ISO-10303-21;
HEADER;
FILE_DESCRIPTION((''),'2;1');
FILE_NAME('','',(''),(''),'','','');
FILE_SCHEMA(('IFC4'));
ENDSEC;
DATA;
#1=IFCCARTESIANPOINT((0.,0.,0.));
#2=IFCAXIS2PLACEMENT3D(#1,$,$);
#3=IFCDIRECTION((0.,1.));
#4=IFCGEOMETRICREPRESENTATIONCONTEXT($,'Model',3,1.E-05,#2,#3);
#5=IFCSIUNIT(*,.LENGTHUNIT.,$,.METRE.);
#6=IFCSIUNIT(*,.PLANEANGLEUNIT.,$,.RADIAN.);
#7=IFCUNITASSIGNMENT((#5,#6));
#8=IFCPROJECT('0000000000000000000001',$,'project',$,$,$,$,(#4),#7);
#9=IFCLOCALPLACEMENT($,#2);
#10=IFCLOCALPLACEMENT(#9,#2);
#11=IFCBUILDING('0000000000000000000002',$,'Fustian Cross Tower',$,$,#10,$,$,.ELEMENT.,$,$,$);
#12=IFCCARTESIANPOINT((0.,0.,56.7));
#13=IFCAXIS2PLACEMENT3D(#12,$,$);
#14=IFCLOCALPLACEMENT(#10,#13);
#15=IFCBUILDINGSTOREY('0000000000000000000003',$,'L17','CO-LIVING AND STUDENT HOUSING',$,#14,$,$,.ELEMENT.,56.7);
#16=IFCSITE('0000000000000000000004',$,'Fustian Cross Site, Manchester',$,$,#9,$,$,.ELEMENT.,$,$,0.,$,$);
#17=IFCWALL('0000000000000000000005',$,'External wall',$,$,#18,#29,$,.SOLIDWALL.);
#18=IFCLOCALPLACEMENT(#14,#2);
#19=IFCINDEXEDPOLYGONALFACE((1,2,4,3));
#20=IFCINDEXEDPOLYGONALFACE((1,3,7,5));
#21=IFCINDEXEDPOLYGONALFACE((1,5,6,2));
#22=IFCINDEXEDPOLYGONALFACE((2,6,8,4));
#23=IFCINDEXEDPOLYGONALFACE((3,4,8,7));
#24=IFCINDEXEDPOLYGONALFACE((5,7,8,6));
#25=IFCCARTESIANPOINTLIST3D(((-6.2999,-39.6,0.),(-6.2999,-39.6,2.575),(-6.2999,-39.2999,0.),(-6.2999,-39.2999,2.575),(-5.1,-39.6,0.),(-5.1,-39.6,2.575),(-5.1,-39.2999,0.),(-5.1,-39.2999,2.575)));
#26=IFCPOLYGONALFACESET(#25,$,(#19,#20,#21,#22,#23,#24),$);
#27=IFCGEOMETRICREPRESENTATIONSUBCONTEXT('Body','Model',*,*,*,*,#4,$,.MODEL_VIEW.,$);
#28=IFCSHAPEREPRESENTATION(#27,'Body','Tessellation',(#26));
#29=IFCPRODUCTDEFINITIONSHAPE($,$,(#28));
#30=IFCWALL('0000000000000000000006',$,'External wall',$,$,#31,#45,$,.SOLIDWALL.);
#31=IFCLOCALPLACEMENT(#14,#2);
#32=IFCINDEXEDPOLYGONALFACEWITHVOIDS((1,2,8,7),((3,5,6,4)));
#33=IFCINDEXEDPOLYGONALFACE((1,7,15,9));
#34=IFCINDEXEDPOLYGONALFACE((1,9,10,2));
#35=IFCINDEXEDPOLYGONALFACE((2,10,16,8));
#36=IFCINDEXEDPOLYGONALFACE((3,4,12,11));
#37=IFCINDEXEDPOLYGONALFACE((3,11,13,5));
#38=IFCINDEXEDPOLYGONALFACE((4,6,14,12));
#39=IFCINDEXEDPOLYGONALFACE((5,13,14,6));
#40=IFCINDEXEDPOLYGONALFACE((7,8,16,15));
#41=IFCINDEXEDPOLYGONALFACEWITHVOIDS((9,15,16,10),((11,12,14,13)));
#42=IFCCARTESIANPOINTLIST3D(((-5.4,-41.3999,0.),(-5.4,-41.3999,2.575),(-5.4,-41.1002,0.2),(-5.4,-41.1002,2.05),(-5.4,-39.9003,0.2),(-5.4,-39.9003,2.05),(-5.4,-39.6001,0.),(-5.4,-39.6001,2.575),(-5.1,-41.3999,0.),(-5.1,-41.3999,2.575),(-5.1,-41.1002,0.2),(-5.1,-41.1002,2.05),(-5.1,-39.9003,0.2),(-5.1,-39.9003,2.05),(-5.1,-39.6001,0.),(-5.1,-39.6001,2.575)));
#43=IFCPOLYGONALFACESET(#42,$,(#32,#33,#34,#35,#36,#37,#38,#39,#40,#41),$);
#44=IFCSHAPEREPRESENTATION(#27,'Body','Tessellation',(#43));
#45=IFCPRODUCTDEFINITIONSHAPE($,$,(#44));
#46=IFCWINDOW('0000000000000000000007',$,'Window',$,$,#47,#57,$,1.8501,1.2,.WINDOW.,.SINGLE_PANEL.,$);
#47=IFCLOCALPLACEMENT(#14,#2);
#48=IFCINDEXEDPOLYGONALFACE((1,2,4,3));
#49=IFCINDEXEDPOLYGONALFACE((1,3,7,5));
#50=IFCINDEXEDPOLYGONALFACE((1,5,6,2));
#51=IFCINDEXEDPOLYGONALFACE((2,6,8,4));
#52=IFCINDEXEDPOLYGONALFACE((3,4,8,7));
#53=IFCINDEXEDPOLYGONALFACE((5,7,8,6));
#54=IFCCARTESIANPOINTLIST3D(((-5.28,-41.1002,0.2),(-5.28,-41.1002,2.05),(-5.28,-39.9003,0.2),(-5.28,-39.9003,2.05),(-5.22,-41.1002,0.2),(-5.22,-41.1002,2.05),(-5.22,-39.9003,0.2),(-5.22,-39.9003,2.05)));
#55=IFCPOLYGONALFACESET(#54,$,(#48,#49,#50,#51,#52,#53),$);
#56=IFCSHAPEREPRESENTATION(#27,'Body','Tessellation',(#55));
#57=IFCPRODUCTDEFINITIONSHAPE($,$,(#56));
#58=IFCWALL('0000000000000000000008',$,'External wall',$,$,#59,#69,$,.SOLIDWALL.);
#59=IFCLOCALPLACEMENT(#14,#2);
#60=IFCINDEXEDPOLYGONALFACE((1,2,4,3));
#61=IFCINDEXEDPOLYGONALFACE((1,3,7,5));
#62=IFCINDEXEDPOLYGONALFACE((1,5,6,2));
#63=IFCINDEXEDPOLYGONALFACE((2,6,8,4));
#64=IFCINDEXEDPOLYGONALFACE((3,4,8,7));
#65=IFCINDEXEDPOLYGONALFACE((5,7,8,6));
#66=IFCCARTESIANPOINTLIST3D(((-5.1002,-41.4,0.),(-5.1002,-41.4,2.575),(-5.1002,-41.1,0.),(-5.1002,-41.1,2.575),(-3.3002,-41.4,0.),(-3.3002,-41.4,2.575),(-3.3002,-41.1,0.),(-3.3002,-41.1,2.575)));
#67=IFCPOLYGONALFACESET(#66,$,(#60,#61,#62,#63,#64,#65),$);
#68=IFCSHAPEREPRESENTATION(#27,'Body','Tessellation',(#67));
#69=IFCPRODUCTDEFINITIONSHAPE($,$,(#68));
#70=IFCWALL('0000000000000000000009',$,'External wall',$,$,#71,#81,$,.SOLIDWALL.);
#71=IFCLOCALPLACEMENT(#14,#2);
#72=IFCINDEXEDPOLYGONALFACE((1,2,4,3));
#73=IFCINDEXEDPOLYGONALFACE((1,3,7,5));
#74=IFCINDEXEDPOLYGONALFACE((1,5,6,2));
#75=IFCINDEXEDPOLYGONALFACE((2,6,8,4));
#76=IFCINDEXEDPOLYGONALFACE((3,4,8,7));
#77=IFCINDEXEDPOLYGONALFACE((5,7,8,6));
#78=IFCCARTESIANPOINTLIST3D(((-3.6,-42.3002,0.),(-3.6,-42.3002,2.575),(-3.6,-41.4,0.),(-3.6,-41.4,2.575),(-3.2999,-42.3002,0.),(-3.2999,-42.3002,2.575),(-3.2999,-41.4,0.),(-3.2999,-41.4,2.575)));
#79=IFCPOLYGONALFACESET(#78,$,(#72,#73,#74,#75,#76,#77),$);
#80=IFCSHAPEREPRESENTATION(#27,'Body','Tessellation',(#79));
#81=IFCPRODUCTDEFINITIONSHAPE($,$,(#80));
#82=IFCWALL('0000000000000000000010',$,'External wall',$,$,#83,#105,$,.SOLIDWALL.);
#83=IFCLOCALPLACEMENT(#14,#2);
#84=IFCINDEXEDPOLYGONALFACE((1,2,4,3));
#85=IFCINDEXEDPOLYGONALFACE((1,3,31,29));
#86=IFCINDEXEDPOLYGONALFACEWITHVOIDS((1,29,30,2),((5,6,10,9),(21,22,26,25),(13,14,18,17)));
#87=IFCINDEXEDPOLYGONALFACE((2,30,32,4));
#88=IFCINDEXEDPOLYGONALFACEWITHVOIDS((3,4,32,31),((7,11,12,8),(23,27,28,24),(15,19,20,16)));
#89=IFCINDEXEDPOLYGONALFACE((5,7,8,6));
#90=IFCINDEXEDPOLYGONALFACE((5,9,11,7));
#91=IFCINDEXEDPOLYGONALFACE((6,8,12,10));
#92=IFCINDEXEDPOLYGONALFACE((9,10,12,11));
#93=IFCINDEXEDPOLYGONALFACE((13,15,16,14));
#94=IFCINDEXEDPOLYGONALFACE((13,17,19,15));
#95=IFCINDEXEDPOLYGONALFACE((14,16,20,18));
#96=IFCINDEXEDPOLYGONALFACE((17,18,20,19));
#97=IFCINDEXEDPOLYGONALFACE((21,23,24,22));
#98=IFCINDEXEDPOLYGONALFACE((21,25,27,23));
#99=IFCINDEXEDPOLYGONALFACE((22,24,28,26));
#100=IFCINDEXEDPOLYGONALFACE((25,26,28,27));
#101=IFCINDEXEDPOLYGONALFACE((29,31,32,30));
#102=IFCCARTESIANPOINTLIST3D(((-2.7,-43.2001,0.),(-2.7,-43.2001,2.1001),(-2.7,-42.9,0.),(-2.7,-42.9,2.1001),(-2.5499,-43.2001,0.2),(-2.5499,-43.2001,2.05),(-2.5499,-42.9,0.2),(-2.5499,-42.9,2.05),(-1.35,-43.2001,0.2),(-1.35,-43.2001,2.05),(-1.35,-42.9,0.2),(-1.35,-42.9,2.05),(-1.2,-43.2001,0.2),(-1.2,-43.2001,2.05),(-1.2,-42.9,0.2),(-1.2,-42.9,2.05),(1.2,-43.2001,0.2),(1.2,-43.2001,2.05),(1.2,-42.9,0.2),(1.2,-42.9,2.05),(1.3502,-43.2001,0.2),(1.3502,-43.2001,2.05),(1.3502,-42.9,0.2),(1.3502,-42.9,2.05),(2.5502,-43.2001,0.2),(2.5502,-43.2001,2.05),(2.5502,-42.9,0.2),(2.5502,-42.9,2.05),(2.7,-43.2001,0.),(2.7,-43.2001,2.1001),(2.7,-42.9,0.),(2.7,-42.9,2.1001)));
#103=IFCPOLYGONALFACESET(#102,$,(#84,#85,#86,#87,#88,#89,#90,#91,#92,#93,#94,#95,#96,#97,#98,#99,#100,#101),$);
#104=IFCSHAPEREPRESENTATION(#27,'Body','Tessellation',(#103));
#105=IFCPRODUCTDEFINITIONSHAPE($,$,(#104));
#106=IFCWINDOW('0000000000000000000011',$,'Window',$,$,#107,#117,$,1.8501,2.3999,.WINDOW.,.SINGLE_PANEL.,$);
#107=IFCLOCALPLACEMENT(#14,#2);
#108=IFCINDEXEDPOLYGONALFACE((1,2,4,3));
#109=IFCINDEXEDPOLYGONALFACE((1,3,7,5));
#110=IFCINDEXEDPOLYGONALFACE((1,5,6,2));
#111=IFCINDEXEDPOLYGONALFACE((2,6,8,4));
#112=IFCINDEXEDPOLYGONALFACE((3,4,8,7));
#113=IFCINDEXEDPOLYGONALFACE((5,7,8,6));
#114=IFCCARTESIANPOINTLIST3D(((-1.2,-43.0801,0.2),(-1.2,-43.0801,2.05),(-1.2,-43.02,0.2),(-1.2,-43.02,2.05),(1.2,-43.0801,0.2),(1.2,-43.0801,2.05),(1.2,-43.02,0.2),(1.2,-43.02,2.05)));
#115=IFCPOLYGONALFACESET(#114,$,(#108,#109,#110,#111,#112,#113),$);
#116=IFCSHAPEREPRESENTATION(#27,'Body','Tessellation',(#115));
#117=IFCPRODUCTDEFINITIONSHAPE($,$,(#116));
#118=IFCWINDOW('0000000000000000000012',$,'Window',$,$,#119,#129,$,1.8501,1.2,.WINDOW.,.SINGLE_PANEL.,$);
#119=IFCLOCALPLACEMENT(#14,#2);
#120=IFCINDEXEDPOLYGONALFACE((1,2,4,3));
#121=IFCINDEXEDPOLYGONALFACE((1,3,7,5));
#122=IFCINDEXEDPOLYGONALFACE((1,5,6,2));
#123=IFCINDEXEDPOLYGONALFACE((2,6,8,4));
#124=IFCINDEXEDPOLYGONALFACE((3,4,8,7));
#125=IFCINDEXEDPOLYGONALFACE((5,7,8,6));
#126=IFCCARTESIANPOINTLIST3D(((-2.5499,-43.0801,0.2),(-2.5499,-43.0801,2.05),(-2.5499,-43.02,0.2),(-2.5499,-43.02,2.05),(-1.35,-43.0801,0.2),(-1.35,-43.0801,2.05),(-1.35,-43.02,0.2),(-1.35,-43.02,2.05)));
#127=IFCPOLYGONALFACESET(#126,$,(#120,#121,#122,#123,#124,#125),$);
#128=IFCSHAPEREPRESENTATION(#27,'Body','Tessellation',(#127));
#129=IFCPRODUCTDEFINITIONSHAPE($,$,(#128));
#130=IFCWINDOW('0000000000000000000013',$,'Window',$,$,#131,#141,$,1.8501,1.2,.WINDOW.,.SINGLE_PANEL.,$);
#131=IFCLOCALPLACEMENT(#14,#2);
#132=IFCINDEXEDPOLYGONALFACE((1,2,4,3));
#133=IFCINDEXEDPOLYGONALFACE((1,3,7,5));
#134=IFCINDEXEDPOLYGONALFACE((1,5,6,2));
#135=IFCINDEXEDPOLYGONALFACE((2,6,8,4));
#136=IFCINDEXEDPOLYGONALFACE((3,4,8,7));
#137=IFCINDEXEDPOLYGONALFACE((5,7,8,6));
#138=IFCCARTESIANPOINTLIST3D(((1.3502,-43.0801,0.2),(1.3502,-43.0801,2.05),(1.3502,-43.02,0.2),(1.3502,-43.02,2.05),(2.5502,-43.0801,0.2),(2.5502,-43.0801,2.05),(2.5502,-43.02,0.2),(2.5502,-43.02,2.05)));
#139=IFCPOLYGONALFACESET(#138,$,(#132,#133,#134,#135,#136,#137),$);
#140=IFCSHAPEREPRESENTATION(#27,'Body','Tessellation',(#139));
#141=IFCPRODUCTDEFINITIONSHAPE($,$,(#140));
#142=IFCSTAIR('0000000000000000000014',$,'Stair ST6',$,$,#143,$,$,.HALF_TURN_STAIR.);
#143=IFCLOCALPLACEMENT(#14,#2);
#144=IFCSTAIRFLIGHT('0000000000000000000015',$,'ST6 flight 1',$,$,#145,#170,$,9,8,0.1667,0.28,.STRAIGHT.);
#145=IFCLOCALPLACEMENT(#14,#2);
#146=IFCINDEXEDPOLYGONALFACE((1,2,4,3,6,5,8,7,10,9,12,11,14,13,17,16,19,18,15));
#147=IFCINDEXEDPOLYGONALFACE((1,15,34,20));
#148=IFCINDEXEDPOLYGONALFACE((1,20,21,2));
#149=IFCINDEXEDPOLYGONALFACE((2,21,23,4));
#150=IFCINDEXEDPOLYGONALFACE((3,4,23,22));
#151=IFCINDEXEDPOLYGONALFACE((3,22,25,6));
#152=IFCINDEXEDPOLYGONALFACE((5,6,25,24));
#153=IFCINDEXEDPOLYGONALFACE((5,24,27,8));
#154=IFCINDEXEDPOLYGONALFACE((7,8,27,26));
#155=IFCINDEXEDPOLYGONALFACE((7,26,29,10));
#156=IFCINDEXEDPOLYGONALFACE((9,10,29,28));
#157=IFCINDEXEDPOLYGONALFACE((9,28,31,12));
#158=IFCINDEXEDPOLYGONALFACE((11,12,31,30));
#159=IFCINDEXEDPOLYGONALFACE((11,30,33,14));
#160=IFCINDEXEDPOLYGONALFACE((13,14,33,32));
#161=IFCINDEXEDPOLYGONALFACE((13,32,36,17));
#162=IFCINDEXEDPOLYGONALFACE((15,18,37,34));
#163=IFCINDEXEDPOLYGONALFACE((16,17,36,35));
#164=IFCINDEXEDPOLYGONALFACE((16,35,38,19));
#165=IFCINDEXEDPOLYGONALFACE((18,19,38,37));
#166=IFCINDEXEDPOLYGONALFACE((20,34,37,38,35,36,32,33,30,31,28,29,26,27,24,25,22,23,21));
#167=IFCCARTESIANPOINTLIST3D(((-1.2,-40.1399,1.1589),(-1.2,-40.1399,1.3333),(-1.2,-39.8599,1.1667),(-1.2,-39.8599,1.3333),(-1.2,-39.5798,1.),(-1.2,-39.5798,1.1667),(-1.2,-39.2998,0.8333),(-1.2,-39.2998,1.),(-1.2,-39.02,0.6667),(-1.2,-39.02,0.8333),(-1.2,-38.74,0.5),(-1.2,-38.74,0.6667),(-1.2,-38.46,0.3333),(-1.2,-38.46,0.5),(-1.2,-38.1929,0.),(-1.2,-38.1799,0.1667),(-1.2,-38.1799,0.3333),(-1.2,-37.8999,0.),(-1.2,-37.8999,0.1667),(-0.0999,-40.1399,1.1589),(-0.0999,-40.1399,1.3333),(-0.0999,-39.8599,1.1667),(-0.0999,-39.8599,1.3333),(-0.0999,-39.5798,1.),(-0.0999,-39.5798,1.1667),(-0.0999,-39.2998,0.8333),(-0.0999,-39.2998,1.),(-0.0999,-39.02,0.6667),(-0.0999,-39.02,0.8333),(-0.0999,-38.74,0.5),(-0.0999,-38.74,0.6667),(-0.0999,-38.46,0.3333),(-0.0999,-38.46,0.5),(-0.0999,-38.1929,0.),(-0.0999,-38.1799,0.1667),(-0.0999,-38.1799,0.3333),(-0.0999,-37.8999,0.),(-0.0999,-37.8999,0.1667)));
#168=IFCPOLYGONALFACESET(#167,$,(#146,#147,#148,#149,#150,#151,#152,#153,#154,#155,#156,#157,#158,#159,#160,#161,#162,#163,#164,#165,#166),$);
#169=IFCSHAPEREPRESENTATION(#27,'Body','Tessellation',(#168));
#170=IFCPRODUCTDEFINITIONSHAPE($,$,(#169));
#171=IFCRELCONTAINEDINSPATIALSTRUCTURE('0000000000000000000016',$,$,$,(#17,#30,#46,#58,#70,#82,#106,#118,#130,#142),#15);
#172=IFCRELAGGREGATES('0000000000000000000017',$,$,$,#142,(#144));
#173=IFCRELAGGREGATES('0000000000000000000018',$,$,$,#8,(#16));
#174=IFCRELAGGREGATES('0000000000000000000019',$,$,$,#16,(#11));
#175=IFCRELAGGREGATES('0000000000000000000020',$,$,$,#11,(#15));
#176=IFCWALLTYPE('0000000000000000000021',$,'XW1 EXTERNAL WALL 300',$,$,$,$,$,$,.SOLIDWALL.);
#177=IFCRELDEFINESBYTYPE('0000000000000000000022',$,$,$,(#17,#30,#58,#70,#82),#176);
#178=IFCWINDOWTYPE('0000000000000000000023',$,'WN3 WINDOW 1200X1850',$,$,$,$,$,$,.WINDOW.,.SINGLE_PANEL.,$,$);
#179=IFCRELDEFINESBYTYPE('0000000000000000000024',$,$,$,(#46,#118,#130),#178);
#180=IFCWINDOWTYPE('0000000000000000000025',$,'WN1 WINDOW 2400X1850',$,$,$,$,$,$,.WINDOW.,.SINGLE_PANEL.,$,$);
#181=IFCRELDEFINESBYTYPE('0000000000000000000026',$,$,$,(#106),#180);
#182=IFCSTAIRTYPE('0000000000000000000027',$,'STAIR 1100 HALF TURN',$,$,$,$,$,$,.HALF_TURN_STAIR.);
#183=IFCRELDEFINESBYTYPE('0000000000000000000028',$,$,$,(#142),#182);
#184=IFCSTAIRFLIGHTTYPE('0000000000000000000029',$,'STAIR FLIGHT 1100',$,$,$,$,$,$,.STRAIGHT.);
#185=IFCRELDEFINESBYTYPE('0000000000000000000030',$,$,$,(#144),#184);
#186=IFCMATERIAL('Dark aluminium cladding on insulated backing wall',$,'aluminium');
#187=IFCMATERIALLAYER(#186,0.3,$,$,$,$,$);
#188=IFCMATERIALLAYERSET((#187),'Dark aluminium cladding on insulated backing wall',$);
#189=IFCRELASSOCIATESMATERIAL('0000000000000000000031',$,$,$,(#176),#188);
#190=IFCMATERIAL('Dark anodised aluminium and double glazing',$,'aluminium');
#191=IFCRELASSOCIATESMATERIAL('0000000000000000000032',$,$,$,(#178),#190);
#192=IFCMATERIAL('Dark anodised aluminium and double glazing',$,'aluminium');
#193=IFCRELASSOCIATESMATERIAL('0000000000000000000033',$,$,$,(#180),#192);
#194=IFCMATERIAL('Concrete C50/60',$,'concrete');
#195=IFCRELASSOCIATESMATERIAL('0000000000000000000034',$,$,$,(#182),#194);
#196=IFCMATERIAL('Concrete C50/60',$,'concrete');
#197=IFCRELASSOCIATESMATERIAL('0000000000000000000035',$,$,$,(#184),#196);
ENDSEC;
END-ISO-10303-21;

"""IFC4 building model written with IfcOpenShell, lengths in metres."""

from ifc_helpers import new_model, si_unit, direction, frame, frame_2d, origin, place, context, subcontext, project, spatial, polyline, rectangle, outline, extrude, material, layer, layer_set, type_object, element, fill, aggregate, save


model = new_model("IFC4")

# Units and contexts
model_context = context("Model", 3, precision=1e-05, world=origin(), true_north=direction((0.0, 1.0)))
body_context = subcontext(model_context, "Body", "Model", "MODEL_VIEW")
ifc_project = project(units=[si_unit("LENGTHUNIT", "METRE"), si_unit("PLANEANGLEUNIT", "RADIAN")], contexts=[model_context])

# Site, building, storey
site_placement = place(None, origin())
site = spatial("IfcSite", under=ifc_project, at=site_placement, Name="Fustian Cross Site, Manchester", CompositionType="ELEMENT", RefElevation=0.0)
building_placement = place(site_placement, origin())
building = spatial("IfcBuilding", under=site, at=building_placement, Name="Fustian Cross Tower", CompositionType="ELEMENT")
storey_placement = place(building_placement, frame((0.0, 0.0, 56.7)))
storey = spatial("IfcBuildingStorey", under=building, at=storey_placement, Name="L17", Description="CO-LIVING AND STUDENT HOUSING", CompositionType="ELEMENT", Elevation=56.7)

# Wall
ifc_material_1 = material(Name="Dark aluminium cladding on insulated backing wall", Category="aluminium")
ifc_layer_1 = layer(ifc_material_1, 0.3)
ifc_layer_set_1 = layer_set([ifc_layer_1], Name="Dark aluminium cladding on insulated backing wall")
wall_type_1 = type_object("IfcWallType", Name="XW1 EXTERNAL WALL 300", PredefinedType="SOLIDWALL", material=ifc_layer_set_1)
wall_1_placement = place(storey_placement, frame((-6.3, -39.45, 0.0), z_axis=(0.0, 0.0, 1.0), x_axis=(1.0, 0.0, 0.0)))
element("IfcWall", 1, at=wall_1_placement, inside=storey, type_object=wall_type_1, Name="External wall", PredefinedType="SOLIDWALL", context=body_context, shape_type="SweptSolid", body=[
    extrude(rectangle(XDim=1.2, YDim=0.3, at=frame_2d((0.6001, 0.0))), origin(), (0.0, 0.0, 1.0), 2.575),
])

# Wall, opening, window
wall_2_placement = place(storey_placement, frame((-5.25, -39.6001, 0.0), z_axis=(0.0, 0.0, 1.0), x_axis=(0.0, -1.0, 0.0)))
wall_2 = element("IfcWall", 2, at=wall_2_placement, inside=storey, type_object=wall_type_1, Name="External wall", PredefinedType="SOLIDWALL", context=body_context, shape_type="SweptSolid", body=[
    extrude(rectangle(XDim=1.7998, YDim=0.3, at=frame_2d((0.8999, 0.0))), origin(), (0.0, 0.0, 1.0), 2.575),
])
opening_1_placement = place(wall_2_placement, frame((0.3, 0.0, 0.2)))
opening_1 = element("IfcOpeningElement", 3, at=opening_1_placement, cuts=wall_2, PredefinedType="OPENING", context=body_context, shape_type="SweptSolid", body=[
    extrude(rectangle(XDim=1.2, YDim=1.8501, at=frame_2d((0.6001, 0.925))), frame((0.0, 0.1599, 0.0), z_axis=(0.0, -1.0, 0.0), x_axis=(1.0, 0.0, 0.0)), (0.0, 0.0, 1.0), 0.3201),
])
ifc_material_2 = material(Name="Dark anodised aluminium and double glazing", Category="aluminium")
window_type_1 = type_object("IfcWindowType", Name="WN3 WINDOW 1200X1850", PartitioningType="SINGLE_PANEL", PredefinedType="WINDOW", material=ifc_material_2)
window_1_placement = place(opening_1_placement, origin())
window_1 = element("IfcWindow", 4, at=window_1_placement, inside=storey, type_object=window_type_1, Name="Window", OverallHeight=1.8501, OverallWidth=1.2, PartitioningType="SINGLE_PANEL", PredefinedType="WINDOW", context=body_context, shape_type="SweptSolid", body=[
    extrude(rectangle(XDim=1.2, YDim=1.8501, at=frame_2d((0.6001, 0.925))), frame((0.0, 0.03, 0.0), z_axis=(0.0, -1.0, 0.0), x_axis=(1.0, 0.0, 0.0)), (0.0, 0.0, 1.0), 0.0601),
])
fill(opening_1, window_1)

# Walls
wall_3_placement = place(storey_placement, frame((-5.1001, -41.25, 0.0), z_axis=(0.0, 0.0, 1.0), x_axis=(1.0, 0.0, 0.0)))
element("IfcWall", 5, at=wall_3_placement, inside=storey, type_object=wall_type_1, Name="External wall", PredefinedType="SOLIDWALL", context=body_context, shape_type="SweptSolid", body=[
    extrude(rectangle(XDim=1.8, YDim=0.3, at=frame_2d((0.8999, 0.0))), origin(), (0.0, 0.0, 1.0), 2.575),
])
wall_4_placement = place(storey_placement, frame((-3.45, -41.3999, 0.0), z_axis=(0.0, 0.0, 1.0), x_axis=(0.0, -1.0, 0.0)))
element("IfcWall", 6, at=wall_4_placement, inside=storey, type_object=wall_type_1, Name="External wall", PredefinedType="SOLIDWALL", context=body_context, shape_type="SweptSolid", body=[
    extrude(rectangle(XDim=0.9001, YDim=0.3, at=frame_2d((0.4502, 0.0))), origin(), (0.0, 0.0, 1.0), 2.575),
])

# Wall, openings, windows
wall_5_placement = place(storey_placement, frame((-2.7, -43.05, 0.0), z_axis=(0.0, 0.0, 1.0), x_axis=(1.0, 0.0, 0.0)))
wall_5 = element("IfcWall", 7, at=wall_5_placement, inside=storey, type_object=wall_type_1, Name="External wall", PredefinedType="SOLIDWALL", context=body_context, shape_type="SweptSolid", body=[
    extrude(rectangle(XDim=5.3999, YDim=0.3, at=frame_2d((2.7, 0.0))), origin(), (0.0, 0.0, 1.0), 2.1001),
])
opening_2_placement = place(wall_5_placement, frame((1.5, 0.0, 0.2)))
opening_2 = element("IfcOpeningElement", 8, at=opening_2_placement, cuts=wall_5, PredefinedType="OPENING", context=body_context, shape_type="SweptSolid", body=[
    extrude(rectangle(XDim=2.3999, YDim=1.8501, at=frame_2d((1.2, 0.925))), frame((0.0, 0.1599, 0.0), z_axis=(0.0, -1.0, 0.0), x_axis=(1.0, 0.0, 0.0)), (0.0, 0.0, 1.0), 0.3201),
])
opening_3_placement = place(wall_5_placement, frame((0.1499, 0.0, 0.2)))
opening_3 = element("IfcOpeningElement", 9, at=opening_3_placement, cuts=wall_5, PredefinedType="OPENING", context=body_context, shape_type="SweptSolid", body=[
    extrude(rectangle(XDim=1.2, YDim=1.8501, at=frame_2d((0.6001, 0.925))), frame((0.0, 0.1599, 0.0), z_axis=(0.0, -1.0, 0.0), x_axis=(1.0, 0.0, 0.0)), (0.0, 0.0, 1.0), 0.3201),
])
opening_4_placement = place(wall_5_placement, frame((4.05, 0.0, 0.2)))
opening_4 = element("IfcOpeningElement", 10, at=opening_4_placement, cuts=wall_5, PredefinedType="OPENING", context=body_context, shape_type="SweptSolid", body=[
    extrude(rectangle(XDim=1.2, YDim=1.8501, at=frame_2d((0.6001, 0.925))), frame((0.0, 0.1599, 0.0), z_axis=(0.0, -1.0, 0.0), x_axis=(1.0, 0.0, 0.0)), (0.0, 0.0, 1.0), 0.3201),
])
ifc_material_3 = material(Name="Dark anodised aluminium and double glazing", Category="aluminium")
window_type_2 = type_object("IfcWindowType", Name="WN1 WINDOW 2400X1850", PartitioningType="SINGLE_PANEL", PredefinedType="WINDOW", material=ifc_material_3)
window_2_placement = place(opening_2_placement, origin())
window_2 = element("IfcWindow", 11, at=window_2_placement, inside=storey, type_object=window_type_2, Name="Window", OverallHeight=1.8501, OverallWidth=2.3999, PartitioningType="SINGLE_PANEL", PredefinedType="WINDOW", context=body_context, shape_type="SweptSolid", body=[
    extrude(rectangle(XDim=2.3999, YDim=1.8501, at=frame_2d((1.2, 0.925))), frame((0.0, 0.03, 0.0), z_axis=(0.0, -1.0, 0.0), x_axis=(1.0, 0.0, 0.0)), (0.0, 0.0, 1.0), 0.0601),
])
fill(opening_2, window_2)
window_3_placement = place(opening_3_placement, origin())
window_3 = element("IfcWindow", 12, at=window_3_placement, inside=storey, type_object=window_type_1, Name="Window", OverallHeight=1.8501, OverallWidth=1.2, PartitioningType="SINGLE_PANEL", PredefinedType="WINDOW", context=body_context, shape_type="SweptSolid", body=[
    extrude(rectangle(XDim=1.2, YDim=1.8501, at=frame_2d((0.6001, 0.925))), frame((0.0, 0.03, 0.0), z_axis=(0.0, -1.0, 0.0), x_axis=(1.0, 0.0, 0.0)), (0.0, 0.0, 1.0), 0.0601),
])
fill(opening_3, window_3)
window_4_placement = place(opening_4_placement, origin())
window_4 = element("IfcWindow", 13, at=window_4_placement, inside=storey, type_object=window_type_1, Name="Window", OverallHeight=1.8501, OverallWidth=1.2, PartitioningType="SINGLE_PANEL", PredefinedType="WINDOW", context=body_context, shape_type="SweptSolid", body=[
    extrude(rectangle(XDim=1.2, YDim=1.8501, at=frame_2d((0.6001, 0.925))), frame((0.0, 0.03, 0.0), z_axis=(0.0, -1.0, 0.0), x_axis=(1.0, 0.0, 0.0)), (0.0, 0.0, 1.0), 0.0601),
])
fill(opening_4, window_4)

# Stair, stair flight
ifc_material_4 = material(Name="Concrete C50/60", Category="concrete")
stair_type = type_object("IfcStairType", Name="STAIR 1100 HALF TURN", PredefinedType="HALF_TURN_STAIR", material=ifc_material_4)
stair_placement = place(storey_placement, origin())
stair = element("IfcStair", 14, at=stair_placement, inside=storey, type_object=stair_type, Name="Stair ST6", PredefinedType="HALF_TURN_STAIR")
ifc_material_5 = material(Name="Concrete C50/60", Category="concrete")
stair_flight_type = type_object("IfcStairFlightType", Name="STAIR FLIGHT 1100", PredefinedType="STRAIGHT", material=ifc_material_5)
stair_flight_placement = place(storey_placement, frame((-0.6499, -37.8999, 0.0), z_axis=(0.0, 0.0, 1.0), x_axis=(0.0, -1.0, 0.0)))
stair_flight = element("IfcStairFlight", 15, at=stair_flight_placement, type_object=stair_flight_type, Name="ST6 flight 1", NumberOfRisers=9, NumberOfTreads=8, PredefinedType="STRAIGHT", RiserHeight=0.1667, TreadLength=0.28, context=body_context, shape_type="SweptSolid", body=[
    extrude(outline(polyline([(0.0, 0.0), (0.0, 0.1667), (0.28, 0.1667), (0.28, 0.3333), (0.5601, 0.3333), (0.5601, 0.5), (0.8401, 0.5), (0.8401, 0.6667), (1.1201, 0.6667), (1.1201, 0.8333), (1.3999, 0.8333), (1.3999, 1.0), (1.6799, 1.0), (1.6799, 1.1667), (1.96, 1.1667), (1.96, 1.3333), (2.24, 1.3333), (2.24, 1.5), (2.24, 1.1589), (0.293, 0.0), (0.0, 0.0)])), frame((0.0, 0.55, 0.0), z_axis=(0.0, -1.0, 0.0), x_axis=(1.0, 0.0, 0.0)), (0.0, 0.0, 1.0), 1.1001),
])
aggregate(stair, [stair_flight])

save(model, "model.ifc")
